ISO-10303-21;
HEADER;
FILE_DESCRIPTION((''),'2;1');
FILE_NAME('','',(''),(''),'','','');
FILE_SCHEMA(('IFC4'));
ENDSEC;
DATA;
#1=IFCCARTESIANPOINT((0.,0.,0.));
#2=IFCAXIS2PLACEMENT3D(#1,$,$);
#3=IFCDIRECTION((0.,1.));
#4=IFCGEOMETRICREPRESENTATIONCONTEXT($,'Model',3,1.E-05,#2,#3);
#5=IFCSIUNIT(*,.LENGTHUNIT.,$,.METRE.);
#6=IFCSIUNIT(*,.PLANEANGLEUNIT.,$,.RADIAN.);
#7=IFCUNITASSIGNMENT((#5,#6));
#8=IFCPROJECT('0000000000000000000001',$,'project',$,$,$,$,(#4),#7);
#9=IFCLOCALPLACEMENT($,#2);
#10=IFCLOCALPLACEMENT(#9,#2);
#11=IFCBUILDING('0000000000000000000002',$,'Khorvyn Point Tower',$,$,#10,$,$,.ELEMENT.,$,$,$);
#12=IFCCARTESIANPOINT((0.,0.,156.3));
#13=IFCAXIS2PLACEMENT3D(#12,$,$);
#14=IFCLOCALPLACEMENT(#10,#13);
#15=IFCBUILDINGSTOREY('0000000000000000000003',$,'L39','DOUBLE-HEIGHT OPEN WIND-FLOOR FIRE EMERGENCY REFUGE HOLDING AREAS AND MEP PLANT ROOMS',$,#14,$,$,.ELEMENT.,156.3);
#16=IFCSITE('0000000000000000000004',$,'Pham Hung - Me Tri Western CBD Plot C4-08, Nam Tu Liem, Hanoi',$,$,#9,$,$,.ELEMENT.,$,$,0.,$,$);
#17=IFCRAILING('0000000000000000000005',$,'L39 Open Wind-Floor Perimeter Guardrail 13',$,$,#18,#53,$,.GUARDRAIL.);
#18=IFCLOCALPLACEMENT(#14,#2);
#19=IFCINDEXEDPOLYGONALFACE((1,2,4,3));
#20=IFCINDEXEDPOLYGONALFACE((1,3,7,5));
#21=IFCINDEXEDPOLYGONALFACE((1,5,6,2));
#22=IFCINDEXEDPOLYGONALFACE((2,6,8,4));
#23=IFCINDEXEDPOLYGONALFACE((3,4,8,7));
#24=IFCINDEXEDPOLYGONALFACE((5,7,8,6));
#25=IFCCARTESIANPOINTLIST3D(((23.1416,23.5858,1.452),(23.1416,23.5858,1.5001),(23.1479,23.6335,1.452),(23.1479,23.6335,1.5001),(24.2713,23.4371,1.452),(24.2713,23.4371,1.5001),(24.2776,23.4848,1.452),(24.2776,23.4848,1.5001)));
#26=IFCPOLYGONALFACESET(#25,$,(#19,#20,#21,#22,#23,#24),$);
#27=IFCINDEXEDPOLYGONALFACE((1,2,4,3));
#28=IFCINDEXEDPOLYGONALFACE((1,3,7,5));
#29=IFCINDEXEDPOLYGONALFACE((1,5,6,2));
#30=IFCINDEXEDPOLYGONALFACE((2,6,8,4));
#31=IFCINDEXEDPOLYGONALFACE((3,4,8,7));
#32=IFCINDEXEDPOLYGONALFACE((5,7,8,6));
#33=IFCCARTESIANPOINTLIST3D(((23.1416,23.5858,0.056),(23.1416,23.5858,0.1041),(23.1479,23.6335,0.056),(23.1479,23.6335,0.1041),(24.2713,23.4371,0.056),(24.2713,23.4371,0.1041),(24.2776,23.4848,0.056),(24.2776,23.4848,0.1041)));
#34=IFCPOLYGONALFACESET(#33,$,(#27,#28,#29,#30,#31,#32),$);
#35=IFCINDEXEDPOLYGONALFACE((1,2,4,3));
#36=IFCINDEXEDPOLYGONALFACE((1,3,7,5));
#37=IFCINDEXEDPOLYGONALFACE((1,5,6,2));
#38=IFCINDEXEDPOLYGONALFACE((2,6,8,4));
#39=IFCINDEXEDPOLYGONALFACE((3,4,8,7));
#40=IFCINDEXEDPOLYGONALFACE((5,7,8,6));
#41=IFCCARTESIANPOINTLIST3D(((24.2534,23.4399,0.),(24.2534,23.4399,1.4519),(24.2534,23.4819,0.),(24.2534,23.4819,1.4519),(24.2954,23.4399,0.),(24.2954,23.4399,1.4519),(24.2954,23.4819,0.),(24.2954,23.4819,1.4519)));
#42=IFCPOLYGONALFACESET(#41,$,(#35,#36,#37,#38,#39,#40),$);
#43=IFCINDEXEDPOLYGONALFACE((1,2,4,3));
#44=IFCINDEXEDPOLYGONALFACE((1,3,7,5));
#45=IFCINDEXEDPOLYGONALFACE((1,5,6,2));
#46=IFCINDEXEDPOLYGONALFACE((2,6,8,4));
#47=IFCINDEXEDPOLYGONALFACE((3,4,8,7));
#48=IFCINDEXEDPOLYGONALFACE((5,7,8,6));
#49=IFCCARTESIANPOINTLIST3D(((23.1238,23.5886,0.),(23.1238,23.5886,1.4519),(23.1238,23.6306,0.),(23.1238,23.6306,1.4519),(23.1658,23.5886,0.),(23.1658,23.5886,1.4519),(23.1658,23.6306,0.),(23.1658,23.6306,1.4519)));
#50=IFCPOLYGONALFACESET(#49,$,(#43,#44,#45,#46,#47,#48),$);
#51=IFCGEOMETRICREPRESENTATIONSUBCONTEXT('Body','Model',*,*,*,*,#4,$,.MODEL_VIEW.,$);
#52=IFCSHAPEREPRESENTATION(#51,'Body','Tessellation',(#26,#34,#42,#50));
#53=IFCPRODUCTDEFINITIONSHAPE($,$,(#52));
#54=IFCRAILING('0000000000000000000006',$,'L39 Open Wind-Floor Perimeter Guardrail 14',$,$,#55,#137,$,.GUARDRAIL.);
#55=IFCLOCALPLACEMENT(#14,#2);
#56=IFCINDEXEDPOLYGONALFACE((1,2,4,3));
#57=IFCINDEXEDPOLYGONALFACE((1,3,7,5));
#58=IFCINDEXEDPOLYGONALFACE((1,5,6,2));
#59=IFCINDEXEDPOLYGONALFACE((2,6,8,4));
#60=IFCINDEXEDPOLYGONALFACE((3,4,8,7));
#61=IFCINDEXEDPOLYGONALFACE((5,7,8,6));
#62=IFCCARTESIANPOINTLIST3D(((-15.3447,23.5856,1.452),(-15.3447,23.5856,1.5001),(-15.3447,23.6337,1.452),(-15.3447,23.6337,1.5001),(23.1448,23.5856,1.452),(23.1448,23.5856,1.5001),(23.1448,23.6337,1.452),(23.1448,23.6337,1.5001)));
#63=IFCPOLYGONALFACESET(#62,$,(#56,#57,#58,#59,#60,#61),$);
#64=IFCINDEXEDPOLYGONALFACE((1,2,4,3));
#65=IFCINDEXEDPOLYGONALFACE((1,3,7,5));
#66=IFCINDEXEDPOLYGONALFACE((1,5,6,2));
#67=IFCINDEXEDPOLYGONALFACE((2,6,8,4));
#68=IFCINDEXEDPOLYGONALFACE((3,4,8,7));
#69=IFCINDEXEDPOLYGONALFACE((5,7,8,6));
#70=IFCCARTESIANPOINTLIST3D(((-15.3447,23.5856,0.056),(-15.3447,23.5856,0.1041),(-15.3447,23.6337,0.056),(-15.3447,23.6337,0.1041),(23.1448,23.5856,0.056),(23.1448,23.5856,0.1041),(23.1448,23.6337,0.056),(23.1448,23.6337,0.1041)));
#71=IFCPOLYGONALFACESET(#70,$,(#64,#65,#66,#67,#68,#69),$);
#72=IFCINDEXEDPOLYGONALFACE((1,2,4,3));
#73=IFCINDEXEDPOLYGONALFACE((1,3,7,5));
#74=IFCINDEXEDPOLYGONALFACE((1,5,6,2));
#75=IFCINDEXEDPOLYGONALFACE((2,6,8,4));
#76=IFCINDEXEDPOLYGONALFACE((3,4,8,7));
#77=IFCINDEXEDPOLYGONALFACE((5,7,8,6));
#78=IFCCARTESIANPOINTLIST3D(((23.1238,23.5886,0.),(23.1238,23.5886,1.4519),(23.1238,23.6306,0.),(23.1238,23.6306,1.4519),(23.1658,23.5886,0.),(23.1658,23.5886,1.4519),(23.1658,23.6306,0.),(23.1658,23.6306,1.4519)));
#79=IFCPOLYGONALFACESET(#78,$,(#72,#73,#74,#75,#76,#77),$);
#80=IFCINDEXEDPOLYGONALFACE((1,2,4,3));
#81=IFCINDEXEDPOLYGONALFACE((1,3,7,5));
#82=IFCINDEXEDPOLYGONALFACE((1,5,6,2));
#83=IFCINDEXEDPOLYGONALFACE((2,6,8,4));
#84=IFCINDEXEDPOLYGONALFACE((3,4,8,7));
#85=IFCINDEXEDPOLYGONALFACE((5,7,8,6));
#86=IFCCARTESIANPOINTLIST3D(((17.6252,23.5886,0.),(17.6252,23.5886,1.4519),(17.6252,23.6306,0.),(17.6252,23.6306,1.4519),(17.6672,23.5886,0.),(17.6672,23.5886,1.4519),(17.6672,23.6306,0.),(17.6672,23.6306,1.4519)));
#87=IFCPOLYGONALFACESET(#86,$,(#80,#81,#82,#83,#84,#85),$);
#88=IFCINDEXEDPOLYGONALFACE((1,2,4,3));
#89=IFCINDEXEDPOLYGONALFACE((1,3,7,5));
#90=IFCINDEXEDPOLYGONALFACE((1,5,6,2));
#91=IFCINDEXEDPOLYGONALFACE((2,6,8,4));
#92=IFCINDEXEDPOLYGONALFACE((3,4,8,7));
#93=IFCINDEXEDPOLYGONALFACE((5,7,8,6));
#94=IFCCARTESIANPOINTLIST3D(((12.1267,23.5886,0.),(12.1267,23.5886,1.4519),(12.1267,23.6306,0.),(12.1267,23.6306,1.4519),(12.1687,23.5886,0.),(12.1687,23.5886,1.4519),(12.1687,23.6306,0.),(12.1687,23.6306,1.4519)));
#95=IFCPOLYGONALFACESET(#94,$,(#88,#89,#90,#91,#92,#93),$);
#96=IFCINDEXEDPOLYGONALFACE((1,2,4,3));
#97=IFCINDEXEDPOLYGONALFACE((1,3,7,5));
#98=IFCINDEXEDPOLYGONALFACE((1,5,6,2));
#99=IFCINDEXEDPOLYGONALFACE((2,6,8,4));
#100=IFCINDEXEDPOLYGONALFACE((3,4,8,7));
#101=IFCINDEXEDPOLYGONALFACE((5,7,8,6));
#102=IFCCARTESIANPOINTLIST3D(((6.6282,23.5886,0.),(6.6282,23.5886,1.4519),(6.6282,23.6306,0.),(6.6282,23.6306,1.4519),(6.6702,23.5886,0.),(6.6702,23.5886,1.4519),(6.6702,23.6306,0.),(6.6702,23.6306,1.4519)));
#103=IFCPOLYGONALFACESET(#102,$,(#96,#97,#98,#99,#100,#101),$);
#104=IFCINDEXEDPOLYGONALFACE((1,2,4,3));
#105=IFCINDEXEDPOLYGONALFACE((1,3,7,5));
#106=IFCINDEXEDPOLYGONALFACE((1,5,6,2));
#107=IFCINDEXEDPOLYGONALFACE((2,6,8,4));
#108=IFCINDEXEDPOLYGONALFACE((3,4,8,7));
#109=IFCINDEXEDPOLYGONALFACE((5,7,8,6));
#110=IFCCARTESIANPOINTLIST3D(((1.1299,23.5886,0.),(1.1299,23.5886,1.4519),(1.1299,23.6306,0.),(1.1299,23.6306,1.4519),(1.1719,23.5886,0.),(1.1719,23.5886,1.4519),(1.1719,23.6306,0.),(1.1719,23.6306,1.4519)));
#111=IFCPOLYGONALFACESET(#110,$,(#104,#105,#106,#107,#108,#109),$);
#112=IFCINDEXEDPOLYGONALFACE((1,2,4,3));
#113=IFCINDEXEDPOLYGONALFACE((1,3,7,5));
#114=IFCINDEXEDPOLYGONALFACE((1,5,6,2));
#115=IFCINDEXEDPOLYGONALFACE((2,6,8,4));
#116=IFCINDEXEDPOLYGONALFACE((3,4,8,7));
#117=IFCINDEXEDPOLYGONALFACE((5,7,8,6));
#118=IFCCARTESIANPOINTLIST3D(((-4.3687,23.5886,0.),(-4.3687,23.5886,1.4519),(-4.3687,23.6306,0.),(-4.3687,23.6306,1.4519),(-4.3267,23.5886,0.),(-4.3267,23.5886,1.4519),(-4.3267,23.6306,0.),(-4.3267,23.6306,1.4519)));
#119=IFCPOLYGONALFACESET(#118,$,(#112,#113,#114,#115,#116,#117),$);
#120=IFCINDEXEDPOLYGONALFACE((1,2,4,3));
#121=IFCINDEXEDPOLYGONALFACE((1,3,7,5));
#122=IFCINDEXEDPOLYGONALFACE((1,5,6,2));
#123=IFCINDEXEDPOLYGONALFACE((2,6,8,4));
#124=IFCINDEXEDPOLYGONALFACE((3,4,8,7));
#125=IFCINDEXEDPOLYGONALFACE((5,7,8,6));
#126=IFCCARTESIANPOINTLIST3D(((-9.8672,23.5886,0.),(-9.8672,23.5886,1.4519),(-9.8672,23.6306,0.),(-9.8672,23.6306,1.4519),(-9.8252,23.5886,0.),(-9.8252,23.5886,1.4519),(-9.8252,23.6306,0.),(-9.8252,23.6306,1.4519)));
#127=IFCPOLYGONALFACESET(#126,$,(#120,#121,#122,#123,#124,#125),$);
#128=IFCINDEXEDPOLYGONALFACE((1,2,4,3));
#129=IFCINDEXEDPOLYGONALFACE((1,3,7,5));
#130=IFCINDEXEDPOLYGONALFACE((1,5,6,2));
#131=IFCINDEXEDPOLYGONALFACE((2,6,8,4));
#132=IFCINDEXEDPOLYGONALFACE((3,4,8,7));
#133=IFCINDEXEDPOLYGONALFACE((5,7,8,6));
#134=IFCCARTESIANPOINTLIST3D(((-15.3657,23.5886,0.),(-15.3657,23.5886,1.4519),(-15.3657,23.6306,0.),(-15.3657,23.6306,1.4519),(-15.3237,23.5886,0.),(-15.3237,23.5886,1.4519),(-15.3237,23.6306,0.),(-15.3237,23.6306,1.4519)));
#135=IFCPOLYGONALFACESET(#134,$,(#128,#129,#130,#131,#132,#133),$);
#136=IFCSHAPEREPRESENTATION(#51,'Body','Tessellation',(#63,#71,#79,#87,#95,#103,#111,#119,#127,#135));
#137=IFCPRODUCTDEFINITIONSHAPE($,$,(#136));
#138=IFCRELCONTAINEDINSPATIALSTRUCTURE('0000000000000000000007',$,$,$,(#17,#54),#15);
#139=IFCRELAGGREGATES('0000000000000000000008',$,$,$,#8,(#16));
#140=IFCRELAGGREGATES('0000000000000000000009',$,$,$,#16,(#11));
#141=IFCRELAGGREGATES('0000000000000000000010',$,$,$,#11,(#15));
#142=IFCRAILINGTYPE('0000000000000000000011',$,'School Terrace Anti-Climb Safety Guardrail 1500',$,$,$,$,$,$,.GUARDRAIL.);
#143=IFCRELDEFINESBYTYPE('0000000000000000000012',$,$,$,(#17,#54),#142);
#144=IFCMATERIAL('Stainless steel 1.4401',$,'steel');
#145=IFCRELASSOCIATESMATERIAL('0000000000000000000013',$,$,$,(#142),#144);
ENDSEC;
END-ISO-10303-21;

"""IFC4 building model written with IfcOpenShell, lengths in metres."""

from ifc_helpers import new_model, si_unit, direction, frame, origin, origin_2d, place, context, subcontext, project, spatial, rectangle, extrude, material, type_object, element, save


model = new_model("IFC4")

# Units and contexts
model_context = context("Model", 3, precision=1e-05, world=origin(), true_north=direction((0.0, 1.0)))
body_context = subcontext(model_context, "Body", "Model", "MODEL_VIEW")
ifc_project = project(units=[si_unit("LENGTHUNIT", "METRE"), si_unit("PLANEANGLEUNIT", "RADIAN")], contexts=[model_context])

# Site, building, storey
site_placement = place(None, origin())
site = spatial("IfcSite", under=ifc_project, at=site_placement, Name="Pham Hung - Me Tri Western CBD Plot C4-08, Nam Tu Liem, Hanoi", CompositionType="ELEMENT", RefElevation=0.0)
building_placement = place(site_placement, origin())
building = spatial("IfcBuilding", under=site, at=building_placement, Name="Khorvyn Point Tower", CompositionType="ELEMENT")
storey_placement = place(building_placement, frame((0.0, 0.0, 156.3)))
storey = spatial("IfcBuildingStorey", under=building, at=storey_placement, Name="L39", Description="DOUBLE-HEIGHT OPEN WIND-FLOOR FIRE EMERGENCY REFUGE HOLDING AREAS AND MEP PLANT ROOMS", CompositionType="ELEMENT", Elevation=156.3)

# Railings
ifc_material_1 = material(Name="Stainless steel 1.4401", Category="steel")
railing_type = type_object("IfcRailingType", Name="School Terrace Anti-Climb Safety Guardrail 1500", PredefinedType="GUARDRAIL", material=ifc_material_1)
railing_1_placement = place(storey_placement, frame((24.2744, 23.4609, 0.0)))
element("IfcRailing", 1, at=railing_1_placement, inside=storey, type_object=railing_type, Name="L39 Open Wind-Floor Perimeter Guardrail 13", PredefinedType="GUARDRAIL", context=body_context, shape_type="SweptSolid", body=[
    extrude(rectangle(XDim=0.0481, YDim=0.0481, at=origin_2d()), frame((0.0, 0.0, 1.4761), z_axis=(-0.991449, 0.130493, 0.0), x_axis=(-0.130493, -0.991449, 0.0)), (0.0, 0.0, 1.0), 1.1394),
    extrude(rectangle(XDim=0.0481, YDim=0.0481, at=origin_2d()), frame((0.0, 0.0, 0.0801), z_axis=(-0.991449, 0.130493, 0.0), x_axis=(-0.130493, -0.991449, 0.0)), (0.0, 0.0, 1.0), 1.1394),
    extrude(rectangle(XDim=0.042, YDim=0.042, at=origin_2d()), origin(), (0.0, 0.0, 1.0), 1.4519),
    extrude(rectangle(XDim=0.042, YDim=0.042, at=origin_2d()), frame((-1.1296, 0.1487, 0.0)), (0.0, 0.0, 1.0), 1.4519),
])
railing_2_placement = place(storey_placement, frame((23.1448, 23.6096, 0.0)))
element("IfcRailing", 2, at=railing_2_placement, inside=storey, type_object=railing_type, Name="L39 Open Wind-Floor Perimeter Guardrail 14", PredefinedType="GUARDRAIL", context=body_context, shape_type="SweptSolid", body=[
    extrude(rectangle(XDim=0.0481, YDim=0.0481, at=origin_2d()), frame((0.0, 0.0, 1.4761), z_axis=(-1.0, 0.0, 0.0), x_axis=(0.0, -1.0, 0.0)), (0.0, 0.0, 1.0), 38.4895),
    extrude(rectangle(XDim=0.0481, YDim=0.0481, at=origin_2d()), frame((0.0, 0.0, 0.0801), z_axis=(-1.0, 0.0, 0.0), x_axis=(0.0, -1.0, 0.0)), (0.0, 0.0, 1.0), 38.4895),
    extrude(rectangle(XDim=0.042, YDim=0.042, at=origin_2d()), origin(), (0.0, 0.0, 1.0), 1.4519),
    extrude(rectangle(XDim=0.042, YDim=0.042, at=origin_2d()), frame((-5.4985, 0.0, 0.0)), (0.0, 0.0, 1.0), 1.4519),
    extrude(rectangle(XDim=0.042, YDim=0.042, at=origin_2d()), frame((-10.9971, 0.0, 0.0)), (0.0, 0.0, 1.0), 1.4519),
    extrude(rectangle(XDim=0.042, YDim=0.042, at=origin_2d()), frame((-16.4956, 0.0, 0.0)), (0.0, 0.0, 1.0), 1.4519),
    extrude(rectangle(XDim=0.042, YDim=0.042, at=origin_2d()), frame((-21.9939, 0.0, 0.0)), (0.0, 0.0, 1.0), 1.4519),
    extrude(rectangle(XDim=0.042, YDim=0.042, at=origin_2d()), frame((-27.4924, 0.0, 0.0)), (0.0, 0.0, 1.0), 1.4519),
    extrude(rectangle(XDim=0.042, YDim=0.042, at=origin_2d()), frame((-32.991, 0.0, 0.0)), (0.0, 0.0, 1.0), 1.4519),
    extrude(rectangle(XDim=0.042, YDim=0.042, at=origin_2d()), frame((-38.4895, 0.0, 0.0)), (0.0, 0.0, 1.0), 1.4519),
])

save(model, "model.ifc")
